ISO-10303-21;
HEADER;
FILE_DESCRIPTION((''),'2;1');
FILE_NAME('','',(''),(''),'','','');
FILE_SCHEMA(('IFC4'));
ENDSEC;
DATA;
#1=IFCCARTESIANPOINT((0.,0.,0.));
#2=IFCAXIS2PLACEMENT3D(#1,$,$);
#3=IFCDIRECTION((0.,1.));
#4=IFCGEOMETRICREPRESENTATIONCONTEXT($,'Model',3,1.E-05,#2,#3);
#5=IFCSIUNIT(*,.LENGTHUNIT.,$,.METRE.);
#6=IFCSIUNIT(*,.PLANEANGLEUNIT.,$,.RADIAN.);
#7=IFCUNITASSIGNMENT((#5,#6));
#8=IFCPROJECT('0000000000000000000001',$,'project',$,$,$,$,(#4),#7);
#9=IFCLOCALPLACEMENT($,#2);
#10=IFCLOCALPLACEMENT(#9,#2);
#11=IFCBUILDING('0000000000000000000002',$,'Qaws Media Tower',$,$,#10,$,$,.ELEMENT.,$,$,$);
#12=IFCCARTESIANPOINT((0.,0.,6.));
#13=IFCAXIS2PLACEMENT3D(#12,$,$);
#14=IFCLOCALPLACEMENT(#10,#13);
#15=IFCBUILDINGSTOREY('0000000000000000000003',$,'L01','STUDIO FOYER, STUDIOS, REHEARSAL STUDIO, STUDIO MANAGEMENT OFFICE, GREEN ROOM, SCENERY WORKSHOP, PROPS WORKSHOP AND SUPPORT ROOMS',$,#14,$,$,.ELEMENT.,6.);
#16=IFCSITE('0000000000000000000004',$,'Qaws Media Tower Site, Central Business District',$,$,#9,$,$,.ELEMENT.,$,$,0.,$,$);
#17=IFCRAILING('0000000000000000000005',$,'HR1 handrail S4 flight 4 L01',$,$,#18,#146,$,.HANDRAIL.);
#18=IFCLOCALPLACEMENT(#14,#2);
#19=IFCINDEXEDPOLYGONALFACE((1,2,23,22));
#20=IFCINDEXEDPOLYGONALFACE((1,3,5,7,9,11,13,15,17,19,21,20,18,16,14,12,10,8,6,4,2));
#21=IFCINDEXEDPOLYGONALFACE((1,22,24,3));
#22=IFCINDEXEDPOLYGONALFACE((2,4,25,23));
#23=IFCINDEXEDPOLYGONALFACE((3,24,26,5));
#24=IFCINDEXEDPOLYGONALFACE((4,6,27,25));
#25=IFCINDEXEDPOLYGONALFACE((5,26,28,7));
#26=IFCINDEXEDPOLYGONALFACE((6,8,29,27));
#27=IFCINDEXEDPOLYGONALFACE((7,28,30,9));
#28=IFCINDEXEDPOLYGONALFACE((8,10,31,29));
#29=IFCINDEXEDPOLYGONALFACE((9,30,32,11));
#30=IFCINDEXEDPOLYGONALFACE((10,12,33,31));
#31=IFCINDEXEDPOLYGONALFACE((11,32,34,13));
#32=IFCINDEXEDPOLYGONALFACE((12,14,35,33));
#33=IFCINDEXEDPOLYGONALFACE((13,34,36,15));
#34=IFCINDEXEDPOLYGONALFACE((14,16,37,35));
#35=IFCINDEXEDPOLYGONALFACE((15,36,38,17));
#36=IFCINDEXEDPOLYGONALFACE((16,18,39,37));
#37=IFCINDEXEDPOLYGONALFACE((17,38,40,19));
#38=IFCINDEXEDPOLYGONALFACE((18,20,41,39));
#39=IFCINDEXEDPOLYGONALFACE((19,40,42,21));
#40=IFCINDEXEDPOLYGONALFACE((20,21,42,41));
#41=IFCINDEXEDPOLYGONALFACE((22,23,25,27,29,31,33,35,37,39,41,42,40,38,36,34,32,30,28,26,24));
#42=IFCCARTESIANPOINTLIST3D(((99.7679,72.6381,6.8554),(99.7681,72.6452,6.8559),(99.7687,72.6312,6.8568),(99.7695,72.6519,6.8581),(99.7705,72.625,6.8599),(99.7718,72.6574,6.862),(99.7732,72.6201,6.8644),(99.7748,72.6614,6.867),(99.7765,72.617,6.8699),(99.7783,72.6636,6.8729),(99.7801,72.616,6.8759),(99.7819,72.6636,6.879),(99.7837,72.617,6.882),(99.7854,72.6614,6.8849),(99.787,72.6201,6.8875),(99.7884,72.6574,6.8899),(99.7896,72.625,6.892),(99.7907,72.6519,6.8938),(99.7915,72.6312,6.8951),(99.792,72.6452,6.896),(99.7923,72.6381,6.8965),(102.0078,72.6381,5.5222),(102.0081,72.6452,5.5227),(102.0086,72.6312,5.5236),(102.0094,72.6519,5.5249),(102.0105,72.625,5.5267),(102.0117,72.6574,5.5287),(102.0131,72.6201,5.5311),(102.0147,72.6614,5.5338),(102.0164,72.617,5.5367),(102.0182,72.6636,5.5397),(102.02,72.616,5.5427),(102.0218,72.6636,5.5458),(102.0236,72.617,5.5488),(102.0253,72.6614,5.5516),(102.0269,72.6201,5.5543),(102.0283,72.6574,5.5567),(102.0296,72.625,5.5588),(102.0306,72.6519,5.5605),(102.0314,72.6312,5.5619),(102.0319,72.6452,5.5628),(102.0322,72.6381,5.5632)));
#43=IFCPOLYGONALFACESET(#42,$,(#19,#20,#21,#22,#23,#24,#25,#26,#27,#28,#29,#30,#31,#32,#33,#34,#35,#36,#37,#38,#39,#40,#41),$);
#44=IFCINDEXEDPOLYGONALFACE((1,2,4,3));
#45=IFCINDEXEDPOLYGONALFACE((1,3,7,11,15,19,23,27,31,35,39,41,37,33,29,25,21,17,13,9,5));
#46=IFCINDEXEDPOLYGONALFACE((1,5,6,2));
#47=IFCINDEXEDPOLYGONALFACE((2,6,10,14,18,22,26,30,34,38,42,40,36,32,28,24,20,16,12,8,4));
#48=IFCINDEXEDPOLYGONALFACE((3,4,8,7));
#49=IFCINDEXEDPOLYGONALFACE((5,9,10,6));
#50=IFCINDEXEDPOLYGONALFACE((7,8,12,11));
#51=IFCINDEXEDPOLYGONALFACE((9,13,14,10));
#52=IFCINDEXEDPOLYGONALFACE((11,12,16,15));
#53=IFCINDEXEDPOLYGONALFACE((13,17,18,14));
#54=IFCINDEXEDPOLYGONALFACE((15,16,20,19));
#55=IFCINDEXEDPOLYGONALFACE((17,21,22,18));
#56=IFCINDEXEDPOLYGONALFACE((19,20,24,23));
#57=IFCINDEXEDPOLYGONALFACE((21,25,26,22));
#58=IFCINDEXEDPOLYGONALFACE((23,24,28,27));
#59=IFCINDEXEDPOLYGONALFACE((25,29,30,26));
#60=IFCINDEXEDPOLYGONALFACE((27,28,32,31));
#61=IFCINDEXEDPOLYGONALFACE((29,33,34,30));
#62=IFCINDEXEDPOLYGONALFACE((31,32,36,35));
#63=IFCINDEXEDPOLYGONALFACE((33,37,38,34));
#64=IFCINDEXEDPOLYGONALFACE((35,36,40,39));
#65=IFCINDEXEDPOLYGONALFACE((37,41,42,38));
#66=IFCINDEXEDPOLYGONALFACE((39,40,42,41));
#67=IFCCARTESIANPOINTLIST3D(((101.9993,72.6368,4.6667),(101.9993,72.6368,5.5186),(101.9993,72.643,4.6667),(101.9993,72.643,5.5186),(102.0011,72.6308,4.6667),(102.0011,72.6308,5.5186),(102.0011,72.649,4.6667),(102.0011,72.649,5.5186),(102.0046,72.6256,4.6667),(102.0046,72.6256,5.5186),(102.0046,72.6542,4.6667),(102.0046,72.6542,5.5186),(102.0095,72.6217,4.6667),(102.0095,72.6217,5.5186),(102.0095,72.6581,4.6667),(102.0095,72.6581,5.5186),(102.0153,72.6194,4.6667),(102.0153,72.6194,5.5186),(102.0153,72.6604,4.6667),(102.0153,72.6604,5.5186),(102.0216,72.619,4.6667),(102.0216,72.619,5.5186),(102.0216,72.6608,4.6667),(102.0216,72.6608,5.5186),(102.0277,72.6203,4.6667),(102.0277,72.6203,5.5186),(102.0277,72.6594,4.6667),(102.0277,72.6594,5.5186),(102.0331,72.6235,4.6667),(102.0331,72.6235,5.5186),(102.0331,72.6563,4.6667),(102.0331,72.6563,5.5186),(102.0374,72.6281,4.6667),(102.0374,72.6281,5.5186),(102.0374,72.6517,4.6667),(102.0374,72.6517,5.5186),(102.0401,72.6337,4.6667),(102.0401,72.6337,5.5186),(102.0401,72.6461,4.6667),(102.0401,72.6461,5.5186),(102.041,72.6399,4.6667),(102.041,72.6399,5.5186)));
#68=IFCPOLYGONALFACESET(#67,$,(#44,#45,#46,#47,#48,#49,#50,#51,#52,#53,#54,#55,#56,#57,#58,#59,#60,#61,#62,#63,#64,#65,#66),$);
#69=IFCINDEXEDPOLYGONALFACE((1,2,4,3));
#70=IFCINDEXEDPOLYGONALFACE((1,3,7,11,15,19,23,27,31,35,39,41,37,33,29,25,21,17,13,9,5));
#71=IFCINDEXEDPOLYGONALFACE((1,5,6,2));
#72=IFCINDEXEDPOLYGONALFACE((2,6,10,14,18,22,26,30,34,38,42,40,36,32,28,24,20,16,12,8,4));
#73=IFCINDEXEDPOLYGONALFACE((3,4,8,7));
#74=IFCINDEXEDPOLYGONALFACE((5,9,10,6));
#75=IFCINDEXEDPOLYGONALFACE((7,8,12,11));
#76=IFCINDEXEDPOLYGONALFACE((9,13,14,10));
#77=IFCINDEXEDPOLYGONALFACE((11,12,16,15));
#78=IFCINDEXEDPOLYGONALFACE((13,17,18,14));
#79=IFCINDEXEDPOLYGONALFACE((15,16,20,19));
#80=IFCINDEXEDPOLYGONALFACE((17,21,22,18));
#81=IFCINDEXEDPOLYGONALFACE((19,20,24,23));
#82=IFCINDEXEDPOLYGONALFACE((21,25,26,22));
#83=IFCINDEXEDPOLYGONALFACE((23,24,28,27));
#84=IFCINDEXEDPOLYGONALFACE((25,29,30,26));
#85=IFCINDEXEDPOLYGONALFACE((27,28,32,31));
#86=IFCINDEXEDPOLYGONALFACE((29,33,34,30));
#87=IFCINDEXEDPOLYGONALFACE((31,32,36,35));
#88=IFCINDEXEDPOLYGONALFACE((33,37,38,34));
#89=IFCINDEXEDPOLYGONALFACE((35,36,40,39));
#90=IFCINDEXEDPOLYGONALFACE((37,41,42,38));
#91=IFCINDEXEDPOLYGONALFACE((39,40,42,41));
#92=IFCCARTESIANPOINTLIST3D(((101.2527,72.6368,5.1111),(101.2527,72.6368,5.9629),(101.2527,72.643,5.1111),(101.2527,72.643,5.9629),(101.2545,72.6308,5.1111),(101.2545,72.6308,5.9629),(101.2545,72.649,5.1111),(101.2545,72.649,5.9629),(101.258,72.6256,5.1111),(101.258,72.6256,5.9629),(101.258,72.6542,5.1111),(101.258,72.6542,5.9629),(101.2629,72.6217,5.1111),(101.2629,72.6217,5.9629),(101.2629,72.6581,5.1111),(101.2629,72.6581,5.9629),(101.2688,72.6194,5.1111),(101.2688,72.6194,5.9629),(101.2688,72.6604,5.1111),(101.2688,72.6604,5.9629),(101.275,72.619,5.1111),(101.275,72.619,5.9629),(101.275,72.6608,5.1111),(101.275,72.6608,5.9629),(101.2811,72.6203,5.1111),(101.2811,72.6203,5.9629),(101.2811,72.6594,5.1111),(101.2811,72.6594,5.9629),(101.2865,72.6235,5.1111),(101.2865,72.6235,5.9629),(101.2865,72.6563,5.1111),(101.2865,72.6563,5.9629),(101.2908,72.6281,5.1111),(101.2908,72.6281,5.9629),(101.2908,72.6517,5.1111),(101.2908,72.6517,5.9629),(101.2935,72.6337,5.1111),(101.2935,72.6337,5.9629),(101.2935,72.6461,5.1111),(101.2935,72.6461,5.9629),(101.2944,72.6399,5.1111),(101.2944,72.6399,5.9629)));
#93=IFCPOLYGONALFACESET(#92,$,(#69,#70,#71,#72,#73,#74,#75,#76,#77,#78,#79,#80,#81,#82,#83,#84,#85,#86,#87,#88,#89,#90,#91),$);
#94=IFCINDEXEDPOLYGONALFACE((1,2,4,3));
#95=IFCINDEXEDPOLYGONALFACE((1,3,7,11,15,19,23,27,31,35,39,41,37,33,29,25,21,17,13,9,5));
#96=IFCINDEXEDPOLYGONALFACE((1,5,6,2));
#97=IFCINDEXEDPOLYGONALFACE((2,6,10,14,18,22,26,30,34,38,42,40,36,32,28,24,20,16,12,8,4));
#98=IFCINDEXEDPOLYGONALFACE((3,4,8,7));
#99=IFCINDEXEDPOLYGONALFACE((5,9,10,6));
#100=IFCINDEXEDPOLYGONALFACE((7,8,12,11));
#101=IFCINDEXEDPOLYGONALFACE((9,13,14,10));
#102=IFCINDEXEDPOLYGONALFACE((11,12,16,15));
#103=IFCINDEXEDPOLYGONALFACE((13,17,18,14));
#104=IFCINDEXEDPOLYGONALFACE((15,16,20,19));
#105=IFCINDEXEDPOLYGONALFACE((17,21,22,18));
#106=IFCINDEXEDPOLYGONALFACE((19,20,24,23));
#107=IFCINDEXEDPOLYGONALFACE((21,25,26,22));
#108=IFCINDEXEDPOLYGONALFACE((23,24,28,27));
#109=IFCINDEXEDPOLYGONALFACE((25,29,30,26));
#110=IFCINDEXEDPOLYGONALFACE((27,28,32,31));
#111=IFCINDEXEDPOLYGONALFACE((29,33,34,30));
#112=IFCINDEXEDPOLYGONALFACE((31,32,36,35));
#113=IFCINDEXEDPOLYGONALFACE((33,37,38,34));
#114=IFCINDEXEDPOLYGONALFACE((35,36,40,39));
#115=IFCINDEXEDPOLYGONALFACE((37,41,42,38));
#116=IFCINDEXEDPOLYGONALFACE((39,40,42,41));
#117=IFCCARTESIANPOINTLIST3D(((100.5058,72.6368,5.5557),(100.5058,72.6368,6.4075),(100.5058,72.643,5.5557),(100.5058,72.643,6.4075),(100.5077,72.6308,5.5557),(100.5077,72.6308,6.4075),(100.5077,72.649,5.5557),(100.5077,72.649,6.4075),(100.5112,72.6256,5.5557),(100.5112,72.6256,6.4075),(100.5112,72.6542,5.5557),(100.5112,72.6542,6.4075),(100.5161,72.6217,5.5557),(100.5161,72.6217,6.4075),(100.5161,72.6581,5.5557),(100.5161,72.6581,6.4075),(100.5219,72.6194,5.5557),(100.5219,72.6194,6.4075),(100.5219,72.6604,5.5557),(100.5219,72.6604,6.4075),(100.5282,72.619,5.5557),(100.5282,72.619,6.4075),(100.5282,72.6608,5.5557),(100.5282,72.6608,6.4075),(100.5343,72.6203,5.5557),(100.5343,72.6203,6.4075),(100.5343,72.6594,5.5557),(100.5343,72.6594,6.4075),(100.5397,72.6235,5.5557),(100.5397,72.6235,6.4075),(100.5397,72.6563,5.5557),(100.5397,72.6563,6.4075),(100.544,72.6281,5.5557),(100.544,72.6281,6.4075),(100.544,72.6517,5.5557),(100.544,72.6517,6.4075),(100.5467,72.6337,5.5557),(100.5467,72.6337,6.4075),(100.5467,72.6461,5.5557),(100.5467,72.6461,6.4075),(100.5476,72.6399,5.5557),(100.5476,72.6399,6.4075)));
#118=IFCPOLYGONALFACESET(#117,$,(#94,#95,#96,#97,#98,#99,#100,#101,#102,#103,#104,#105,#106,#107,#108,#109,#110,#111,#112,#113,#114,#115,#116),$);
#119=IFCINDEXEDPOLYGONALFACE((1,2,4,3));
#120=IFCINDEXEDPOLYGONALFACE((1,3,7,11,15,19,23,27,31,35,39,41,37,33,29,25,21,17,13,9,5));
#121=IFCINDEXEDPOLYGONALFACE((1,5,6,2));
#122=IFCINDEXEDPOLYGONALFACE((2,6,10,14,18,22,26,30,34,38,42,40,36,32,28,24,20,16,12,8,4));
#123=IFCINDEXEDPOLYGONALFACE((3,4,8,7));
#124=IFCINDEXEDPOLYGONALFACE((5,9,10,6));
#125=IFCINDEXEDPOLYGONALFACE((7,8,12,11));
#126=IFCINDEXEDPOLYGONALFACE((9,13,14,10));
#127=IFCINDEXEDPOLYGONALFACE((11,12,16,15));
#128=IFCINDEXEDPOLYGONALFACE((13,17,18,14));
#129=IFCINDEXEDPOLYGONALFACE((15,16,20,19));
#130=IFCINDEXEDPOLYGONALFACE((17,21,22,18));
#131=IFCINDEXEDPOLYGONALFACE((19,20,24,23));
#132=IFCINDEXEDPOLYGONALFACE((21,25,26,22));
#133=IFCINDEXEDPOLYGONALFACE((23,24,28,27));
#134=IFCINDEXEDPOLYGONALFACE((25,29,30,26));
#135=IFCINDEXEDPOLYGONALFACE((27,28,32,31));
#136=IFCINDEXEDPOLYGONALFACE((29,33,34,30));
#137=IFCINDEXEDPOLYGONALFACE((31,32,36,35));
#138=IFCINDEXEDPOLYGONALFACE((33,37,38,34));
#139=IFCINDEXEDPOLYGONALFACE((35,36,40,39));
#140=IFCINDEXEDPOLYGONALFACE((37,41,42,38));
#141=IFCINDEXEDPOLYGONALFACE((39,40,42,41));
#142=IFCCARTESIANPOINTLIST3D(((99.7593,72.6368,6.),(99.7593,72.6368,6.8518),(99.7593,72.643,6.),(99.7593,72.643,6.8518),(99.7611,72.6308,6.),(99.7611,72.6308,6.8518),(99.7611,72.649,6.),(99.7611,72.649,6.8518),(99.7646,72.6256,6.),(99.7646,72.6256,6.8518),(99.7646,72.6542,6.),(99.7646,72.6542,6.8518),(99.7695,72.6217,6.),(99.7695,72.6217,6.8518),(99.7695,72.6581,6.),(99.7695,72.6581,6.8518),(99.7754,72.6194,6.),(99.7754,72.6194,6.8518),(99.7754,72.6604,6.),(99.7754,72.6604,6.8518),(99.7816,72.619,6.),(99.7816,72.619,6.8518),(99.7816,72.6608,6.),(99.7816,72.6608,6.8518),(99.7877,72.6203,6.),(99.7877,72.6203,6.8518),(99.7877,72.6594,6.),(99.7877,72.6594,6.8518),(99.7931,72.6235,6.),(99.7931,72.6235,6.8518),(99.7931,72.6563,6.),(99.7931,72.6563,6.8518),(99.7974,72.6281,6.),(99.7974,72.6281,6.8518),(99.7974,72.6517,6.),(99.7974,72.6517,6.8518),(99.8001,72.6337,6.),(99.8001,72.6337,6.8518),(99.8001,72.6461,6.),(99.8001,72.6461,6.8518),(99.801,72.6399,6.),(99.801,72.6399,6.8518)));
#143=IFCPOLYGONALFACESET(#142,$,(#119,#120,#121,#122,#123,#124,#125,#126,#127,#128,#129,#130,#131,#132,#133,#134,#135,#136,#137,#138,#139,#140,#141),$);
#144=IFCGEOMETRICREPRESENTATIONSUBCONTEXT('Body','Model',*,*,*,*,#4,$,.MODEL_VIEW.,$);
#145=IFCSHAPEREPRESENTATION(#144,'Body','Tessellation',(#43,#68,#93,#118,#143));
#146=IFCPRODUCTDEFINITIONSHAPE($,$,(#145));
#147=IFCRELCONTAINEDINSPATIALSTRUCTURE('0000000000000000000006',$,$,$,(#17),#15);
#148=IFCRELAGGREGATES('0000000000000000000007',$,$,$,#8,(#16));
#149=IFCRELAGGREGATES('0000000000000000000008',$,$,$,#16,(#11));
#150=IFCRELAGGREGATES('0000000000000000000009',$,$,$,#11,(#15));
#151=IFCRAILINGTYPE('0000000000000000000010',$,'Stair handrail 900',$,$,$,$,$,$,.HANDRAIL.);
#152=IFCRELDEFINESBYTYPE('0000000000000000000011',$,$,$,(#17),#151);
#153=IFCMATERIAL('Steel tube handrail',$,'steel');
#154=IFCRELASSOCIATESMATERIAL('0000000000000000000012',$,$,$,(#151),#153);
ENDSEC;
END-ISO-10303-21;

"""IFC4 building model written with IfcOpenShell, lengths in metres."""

from ifc_helpers import new_model, si_unit, direction, frame, origin, origin_2d, place, context, subcontext, project, spatial, circle, extrude, material, type_object, element, save


model = new_model("IFC4")

# Units and contexts
model_context = context("Model", 3, precision=1e-05, world=origin(), true_north=direction((0.0, 1.0)))
body_context = subcontext(model_context, "Body", "Model", "MODEL_VIEW")
ifc_project = project(units=[si_unit("LENGTHUNIT", "METRE"), si_unit("PLANEANGLEUNIT", "RADIAN")], contexts=[model_context])

# Site, building, storey
site_placement = place(None, origin())
site = spatial("IfcSite", under=ifc_project, at=site_placement, Name="Qaws Media Tower Site, Central Business District", CompositionType="ELEMENT", RefElevation=0.0)
building_placement = place(site_placement, origin())
building = spatial("IfcBuilding", under=site, at=building_placement, Name="Qaws Media Tower", CompositionType="ELEMENT")
storey_placement = place(building_placement, frame((0.0, 0.0, 6.0)))
storey = spatial("IfcBuildingStorey", under=building, at=storey_placement, Name="L01", Description="STUDIO FOYER, STUDIOS, REHEARSAL STUDIO, STUDIO MANAGEMENT OFFICE, GREEN ROOM, SCENERY WORKSHOP, PROPS WORKSHOP AND SUPPORT ROOMS", CompositionType="ELEMENT", Elevation=6.0)

# Railing
ifc_material_1 = material(Name="Steel tube handrail", Category="steel")
railing_type = type_object("IfcRailingType", Name="Stair handrail 900", PredefinedType="HANDRAIL", material=ifc_material_1)
for number, where, name in (
    (1, (102.02, 72.6399, 4.6667), "HR1 handrail S4 flight 4 L01"),
):
    element("IfcRailing", number, at=place(storey_placement, frame(where)), inside=storey, type_object=railing_type, Name=name, PredefinedType="HANDRAIL", context=body_context, shape_type="SweptSolid", body=[
        extrude(circle(Radius=0.0239, at=origin_2d()), frame((0.0, 0.0, 0.876), z_axis=(-0.859306, 0.0, 0.511462), x_axis=(0.0, -1.0, 0.0)), (0.0, 0.0, 1.0), 2.6067),
        extrude(circle(Radius=0.021, at=origin_2d()), origin(), (0.0, 0.0, 1.0), 0.8518),
        extrude(circle(Radius=0.021, at=origin_2d()), frame((-0.7466, 0.0, 0.4443)), (0.0, 0.0, 1.0), 0.8518),
        extrude(circle(Radius=0.021, at=origin_2d()), frame((-1.4934, 0.0, 0.8889)), (0.0, 0.0, 1.0), 0.8518),
        extrude(circle(Radius=0.021, at=origin_2d()), frame((-2.24, 0.0, 1.3333)), (0.0, 0.0, 1.0), 0.8518),
    ])

save(model, "model.ifc")
